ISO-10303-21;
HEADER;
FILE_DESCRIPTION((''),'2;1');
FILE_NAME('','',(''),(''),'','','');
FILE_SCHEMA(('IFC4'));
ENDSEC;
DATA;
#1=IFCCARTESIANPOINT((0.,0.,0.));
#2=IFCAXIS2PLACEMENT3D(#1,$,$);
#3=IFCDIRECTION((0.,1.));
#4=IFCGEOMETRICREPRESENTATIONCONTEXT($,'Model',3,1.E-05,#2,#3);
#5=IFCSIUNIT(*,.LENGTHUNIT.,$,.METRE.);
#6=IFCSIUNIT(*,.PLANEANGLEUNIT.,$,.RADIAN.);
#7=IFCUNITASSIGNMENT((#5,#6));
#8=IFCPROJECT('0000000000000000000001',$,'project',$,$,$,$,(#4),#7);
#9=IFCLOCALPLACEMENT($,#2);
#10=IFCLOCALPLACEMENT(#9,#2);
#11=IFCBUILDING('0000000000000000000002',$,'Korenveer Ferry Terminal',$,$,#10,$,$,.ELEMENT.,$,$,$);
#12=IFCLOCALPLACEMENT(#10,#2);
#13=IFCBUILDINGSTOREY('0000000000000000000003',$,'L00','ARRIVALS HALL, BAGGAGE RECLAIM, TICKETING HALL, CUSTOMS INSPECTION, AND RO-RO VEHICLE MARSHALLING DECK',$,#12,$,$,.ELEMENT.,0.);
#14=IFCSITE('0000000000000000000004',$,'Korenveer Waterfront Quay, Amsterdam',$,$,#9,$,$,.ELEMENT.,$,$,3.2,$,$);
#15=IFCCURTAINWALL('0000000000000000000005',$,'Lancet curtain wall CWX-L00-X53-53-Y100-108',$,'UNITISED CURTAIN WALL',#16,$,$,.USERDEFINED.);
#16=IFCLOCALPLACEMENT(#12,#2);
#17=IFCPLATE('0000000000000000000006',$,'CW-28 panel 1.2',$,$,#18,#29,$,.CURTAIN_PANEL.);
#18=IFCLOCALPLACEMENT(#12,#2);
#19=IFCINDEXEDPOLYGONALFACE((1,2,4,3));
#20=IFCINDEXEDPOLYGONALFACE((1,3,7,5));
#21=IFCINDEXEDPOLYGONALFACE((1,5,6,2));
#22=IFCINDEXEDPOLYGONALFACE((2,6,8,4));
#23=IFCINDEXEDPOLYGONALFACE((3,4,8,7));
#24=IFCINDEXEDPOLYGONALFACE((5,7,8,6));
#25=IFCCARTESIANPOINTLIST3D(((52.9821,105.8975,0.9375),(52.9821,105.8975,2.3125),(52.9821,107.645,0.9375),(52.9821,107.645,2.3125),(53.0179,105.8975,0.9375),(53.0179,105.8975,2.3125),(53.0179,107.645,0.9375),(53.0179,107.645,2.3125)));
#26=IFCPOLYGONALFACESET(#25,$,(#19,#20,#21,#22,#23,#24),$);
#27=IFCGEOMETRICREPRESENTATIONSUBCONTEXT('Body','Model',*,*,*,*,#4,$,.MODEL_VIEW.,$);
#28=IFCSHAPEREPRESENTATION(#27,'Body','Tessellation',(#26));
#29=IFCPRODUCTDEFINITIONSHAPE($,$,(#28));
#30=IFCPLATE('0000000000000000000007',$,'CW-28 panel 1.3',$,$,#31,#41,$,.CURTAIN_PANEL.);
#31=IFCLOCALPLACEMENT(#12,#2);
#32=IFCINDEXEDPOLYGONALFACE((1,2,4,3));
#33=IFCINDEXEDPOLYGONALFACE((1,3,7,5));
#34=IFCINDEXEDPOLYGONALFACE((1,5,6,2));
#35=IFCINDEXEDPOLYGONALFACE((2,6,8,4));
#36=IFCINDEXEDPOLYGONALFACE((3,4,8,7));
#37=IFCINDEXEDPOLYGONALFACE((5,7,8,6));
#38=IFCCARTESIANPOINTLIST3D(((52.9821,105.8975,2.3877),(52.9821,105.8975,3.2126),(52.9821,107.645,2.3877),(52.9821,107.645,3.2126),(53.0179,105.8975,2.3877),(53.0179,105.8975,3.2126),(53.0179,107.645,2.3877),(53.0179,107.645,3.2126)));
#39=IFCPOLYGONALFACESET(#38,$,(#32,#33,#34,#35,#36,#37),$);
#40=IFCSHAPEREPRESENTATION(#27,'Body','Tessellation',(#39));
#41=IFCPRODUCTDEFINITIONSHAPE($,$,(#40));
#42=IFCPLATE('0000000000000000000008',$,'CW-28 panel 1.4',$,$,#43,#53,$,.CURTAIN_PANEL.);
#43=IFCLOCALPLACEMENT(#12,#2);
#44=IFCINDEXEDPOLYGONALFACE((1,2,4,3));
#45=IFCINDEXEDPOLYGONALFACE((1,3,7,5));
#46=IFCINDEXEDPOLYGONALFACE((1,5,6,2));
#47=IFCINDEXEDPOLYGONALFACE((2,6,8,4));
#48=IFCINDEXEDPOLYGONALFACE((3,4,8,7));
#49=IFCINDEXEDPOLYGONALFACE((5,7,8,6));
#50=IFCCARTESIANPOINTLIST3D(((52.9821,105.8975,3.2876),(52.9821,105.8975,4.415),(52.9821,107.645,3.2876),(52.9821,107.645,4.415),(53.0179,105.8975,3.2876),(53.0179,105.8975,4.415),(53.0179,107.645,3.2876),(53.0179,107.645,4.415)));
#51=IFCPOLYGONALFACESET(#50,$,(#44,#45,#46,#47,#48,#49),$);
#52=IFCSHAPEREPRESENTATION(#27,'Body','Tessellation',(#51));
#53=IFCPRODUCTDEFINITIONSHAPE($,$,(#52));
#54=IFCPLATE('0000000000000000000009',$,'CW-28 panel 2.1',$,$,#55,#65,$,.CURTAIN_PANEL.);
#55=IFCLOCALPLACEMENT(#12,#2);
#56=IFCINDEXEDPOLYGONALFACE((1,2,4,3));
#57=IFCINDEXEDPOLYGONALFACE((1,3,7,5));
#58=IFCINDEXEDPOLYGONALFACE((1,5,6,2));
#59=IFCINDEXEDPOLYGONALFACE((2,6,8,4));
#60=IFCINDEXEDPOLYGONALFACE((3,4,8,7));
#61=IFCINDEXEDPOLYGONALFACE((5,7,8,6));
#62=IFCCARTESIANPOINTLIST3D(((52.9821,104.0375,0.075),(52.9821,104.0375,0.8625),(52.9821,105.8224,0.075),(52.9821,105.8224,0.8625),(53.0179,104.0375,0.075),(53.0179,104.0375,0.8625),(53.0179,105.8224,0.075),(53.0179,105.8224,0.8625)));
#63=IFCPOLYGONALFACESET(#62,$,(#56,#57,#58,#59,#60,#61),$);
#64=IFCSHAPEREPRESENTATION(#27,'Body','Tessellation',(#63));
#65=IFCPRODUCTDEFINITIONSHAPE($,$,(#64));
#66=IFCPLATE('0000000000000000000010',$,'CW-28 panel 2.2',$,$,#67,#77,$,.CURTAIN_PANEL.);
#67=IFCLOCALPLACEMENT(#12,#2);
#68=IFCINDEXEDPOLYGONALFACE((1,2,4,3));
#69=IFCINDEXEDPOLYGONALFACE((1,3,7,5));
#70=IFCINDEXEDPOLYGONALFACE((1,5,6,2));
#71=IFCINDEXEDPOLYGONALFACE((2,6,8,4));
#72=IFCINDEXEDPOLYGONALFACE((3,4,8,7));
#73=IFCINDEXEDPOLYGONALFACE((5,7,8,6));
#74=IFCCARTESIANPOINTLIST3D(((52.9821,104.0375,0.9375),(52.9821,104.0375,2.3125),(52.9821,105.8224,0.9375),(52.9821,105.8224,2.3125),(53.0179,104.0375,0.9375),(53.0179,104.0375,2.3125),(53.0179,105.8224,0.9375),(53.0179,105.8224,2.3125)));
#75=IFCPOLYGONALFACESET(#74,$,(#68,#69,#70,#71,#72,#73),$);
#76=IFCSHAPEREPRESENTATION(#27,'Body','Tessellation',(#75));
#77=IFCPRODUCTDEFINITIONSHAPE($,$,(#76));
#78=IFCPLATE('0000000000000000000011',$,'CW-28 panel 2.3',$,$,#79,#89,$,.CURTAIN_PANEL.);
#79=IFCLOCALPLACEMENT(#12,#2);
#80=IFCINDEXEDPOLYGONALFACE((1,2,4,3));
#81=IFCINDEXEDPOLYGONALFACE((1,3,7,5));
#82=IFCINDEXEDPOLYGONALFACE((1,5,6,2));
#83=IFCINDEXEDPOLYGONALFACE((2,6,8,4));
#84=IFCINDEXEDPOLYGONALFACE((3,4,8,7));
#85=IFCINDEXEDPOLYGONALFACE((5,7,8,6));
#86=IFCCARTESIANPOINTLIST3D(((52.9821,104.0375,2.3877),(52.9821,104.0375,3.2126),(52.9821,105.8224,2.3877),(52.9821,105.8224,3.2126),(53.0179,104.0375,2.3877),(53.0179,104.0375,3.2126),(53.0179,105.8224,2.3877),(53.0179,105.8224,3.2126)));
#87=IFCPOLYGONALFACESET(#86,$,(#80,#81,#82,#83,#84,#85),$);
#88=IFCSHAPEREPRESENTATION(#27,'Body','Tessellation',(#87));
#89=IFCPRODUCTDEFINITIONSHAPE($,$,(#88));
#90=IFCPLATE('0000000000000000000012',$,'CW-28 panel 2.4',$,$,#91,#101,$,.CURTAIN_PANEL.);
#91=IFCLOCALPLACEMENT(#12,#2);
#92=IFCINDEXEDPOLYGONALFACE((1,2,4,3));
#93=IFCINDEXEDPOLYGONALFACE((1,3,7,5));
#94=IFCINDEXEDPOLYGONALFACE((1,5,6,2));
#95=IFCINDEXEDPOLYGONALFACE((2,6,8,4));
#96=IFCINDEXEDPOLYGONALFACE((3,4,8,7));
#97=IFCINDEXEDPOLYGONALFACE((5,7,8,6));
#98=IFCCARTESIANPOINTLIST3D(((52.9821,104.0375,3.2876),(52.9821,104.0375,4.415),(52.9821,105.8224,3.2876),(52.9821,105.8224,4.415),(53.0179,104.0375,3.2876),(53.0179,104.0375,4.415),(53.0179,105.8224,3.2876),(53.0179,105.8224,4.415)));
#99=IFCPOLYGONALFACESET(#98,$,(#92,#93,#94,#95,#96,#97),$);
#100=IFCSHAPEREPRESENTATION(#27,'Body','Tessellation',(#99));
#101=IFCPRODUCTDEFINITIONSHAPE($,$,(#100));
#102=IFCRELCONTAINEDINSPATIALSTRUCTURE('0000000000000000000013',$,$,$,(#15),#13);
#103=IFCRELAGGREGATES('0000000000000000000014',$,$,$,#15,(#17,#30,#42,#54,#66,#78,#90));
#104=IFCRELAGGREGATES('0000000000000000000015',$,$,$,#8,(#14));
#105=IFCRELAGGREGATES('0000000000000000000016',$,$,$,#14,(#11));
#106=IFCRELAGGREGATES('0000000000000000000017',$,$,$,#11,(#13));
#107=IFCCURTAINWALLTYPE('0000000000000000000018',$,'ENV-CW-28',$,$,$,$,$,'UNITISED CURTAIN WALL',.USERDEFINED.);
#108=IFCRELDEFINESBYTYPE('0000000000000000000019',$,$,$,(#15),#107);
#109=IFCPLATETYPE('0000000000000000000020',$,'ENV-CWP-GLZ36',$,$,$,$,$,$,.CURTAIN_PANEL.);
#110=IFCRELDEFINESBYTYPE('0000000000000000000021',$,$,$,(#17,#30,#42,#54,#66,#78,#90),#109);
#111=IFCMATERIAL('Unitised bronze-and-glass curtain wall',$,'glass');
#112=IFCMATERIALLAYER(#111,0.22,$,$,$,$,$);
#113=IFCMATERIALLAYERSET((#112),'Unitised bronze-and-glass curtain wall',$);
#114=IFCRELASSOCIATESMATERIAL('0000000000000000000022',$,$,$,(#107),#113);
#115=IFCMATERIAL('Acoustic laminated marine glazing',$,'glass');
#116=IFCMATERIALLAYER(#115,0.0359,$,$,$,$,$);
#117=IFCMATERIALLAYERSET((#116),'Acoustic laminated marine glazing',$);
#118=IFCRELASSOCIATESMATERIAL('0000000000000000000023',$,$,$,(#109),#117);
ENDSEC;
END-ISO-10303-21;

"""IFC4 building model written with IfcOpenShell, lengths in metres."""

from ifc_helpers import new_model, si_unit, direction, frame, origin, origin_2d, place, context, subcontext, project, spatial, rectangle, extrude, material, layer, layer_set, type_object, element, aggregate, save


model = new_model("IFC4")

# Units and contexts
model_context = context("Model", 3, precision=1e-05, world=origin(), true_north=direction((0.0, 1.0)))
body_context = subcontext(model_context, "Body", "Model", "MODEL_VIEW")
ifc_project = project(units=[si_unit("LENGTHUNIT", "METRE"), si_unit("PLANEANGLEUNIT", "RADIAN")], contexts=[model_context])

# Site, building, storey
site_placement = place(None, origin())
site = spatial("IfcSite", under=ifc_project, at=site_placement, Name="Korenveer Waterfront Quay, Amsterdam", CompositionType="ELEMENT", RefElevation=3.2)
building_placement = place(site_placement, origin())
building = spatial("IfcBuilding", under=site, at=building_placement, Name="Korenveer Ferry Terminal", CompositionType="ELEMENT")
storey_placement = place(building_placement, origin())
storey = spatial("IfcBuildingStorey", under=building, at=storey_placement, Name="L00", Description="ARRIVALS HALL, BAGGAGE RECLAIM, TICKETING HALL, CUSTOMS INSPECTION, AND RO-RO VEHICLE MARSHALLING DECK", CompositionType="ELEMENT", Elevation=0.0)

# Curtain wall, plates
ifc_material_1 = material(Name="Unitised bronze-and-glass curtain wall", Category="glass")
ifc_layer_1 = layer(ifc_material_1, 0.22)
ifc_layer_set_1 = layer_set([ifc_layer_1], Name="Unitised bronze-and-glass curtain wall")
curtain_wall_type = type_object("IfcCurtainWallType", Name="ENV-CW-28", ElementType="UNITISED CURTAIN WALL", PredefinedType="USERDEFINED", material=ifc_layer_set_1)
curtain_wall_placement = place(storey_placement, frame((53.0, 107.72, 0.0)))
curtain_wall = element("IfcCurtainWall", 1, at=curtain_wall_placement, inside=storey, type_object=curtain_wall_type, Name="Lancet curtain wall CWX-L00-X53-53-Y100-108", ObjectType="UNITISED CURTAIN WALL", PredefinedType="USERDEFINED")
ifc_material_2 = material(Name="Acoustic laminated marine glazing", Category="glass")
ifc_layer_2 = layer(ifc_material_2, 0.0359)
ifc_layer_set_2 = layer_set([ifc_layer_2], Name="Acoustic laminated marine glazing")
plate_type = type_object("IfcPlateType", Name="ENV-CWP-GLZ36", PredefinedType="CURTAIN_PANEL", material=ifc_layer_set_2)
plate_1_placement = place(storey_placement, frame((53.0, 106.7712, 0.9375), z_axis=(0.0, 0.0, 1.0), x_axis=(0.0, -1.0, 0.0)))
plate_1 = element("IfcPlate", 2, at=plate_1_placement, type_object=plate_type, Name="CW-28 panel 1.2", PredefinedType="CURTAIN_PANEL", context=body_context, shape_type="SweptSolid", body=[
    extrude(rectangle(XDim=1.7476, YDim=0.0359, at=origin_2d()), origin(), (0.0, 0.0, 1.0), 1.375),
])
plate_2_placement = place(storey_placement, frame((53.0, 106.7712, 2.3877), z_axis=(0.0, 0.0, 1.0), x_axis=(0.0, -1.0, 0.0)))
plate_2 = element("IfcPlate", 3, at=plate_2_placement, type_object=plate_type, Name="CW-28 panel 1.3", PredefinedType="CURTAIN_PANEL", context=body_context, shape_type="SweptSolid", body=[
    extrude(rectangle(XDim=1.7476, YDim=0.0359, at=origin_2d()), origin(), (0.0, 0.0, 1.0), 0.825),
])
plate_3_placement = place(storey_placement, frame((53.0, 106.7712, 3.2876), z_axis=(0.0, 0.0, 1.0), x_axis=(0.0, -1.0, 0.0)))
plate_3 = element("IfcPlate", 4, at=plate_3_placement, type_object=plate_type, Name="CW-28 panel 1.4", PredefinedType="CURTAIN_PANEL", context=body_context, shape_type="SweptSolid", body=[
    extrude(rectangle(XDim=1.7476, YDim=0.0359, at=origin_2d()), origin(), (0.0, 0.0, 1.0), 1.1274),
])
plate_4_placement = place(storey_placement, frame((53.0, 104.9299, 0.075), z_axis=(0.0, 0.0, 1.0), x_axis=(0.0, -1.0, 0.0)))
plate_4 = element("IfcPlate", 5, at=plate_4_placement, type_object=plate_type, Name="CW-28 panel 2.1", PredefinedType="CURTAIN_PANEL", context=body_context, shape_type="SweptSolid", body=[
    extrude(rectangle(XDim=1.7849, YDim=0.0359, at=origin_2d()), origin(), (0.0, 0.0, 1.0), 0.7876),
])
plate_5_placement = place(storey_placement, frame((53.0, 104.9299, 0.9375), z_axis=(0.0, 0.0, 1.0), x_axis=(0.0, -1.0, 0.0)))
plate_5 = element("IfcPlate", 6, at=plate_5_placement, type_object=plate_type, Name="CW-28 panel 2.2", PredefinedType="CURTAIN_PANEL", context=body_context, shape_type="SweptSolid", body=[
    extrude(rectangle(XDim=1.7849, YDim=0.0359, at=origin_2d()), origin(), (0.0, 0.0, 1.0), 1.375),
])
plate_6_placement = place(storey_placement, frame((53.0, 104.9299, 2.3877), z_axis=(0.0, 0.0, 1.0), x_axis=(0.0, -1.0, 0.0)))
plate_6 = element("IfcPlate", 7, at=plate_6_placement, type_object=plate_type, Name="CW-28 panel 2.3", PredefinedType="CURTAIN_PANEL", context=body_context, shape_type="SweptSolid", body=[
    extrude(rectangle(XDim=1.7849, YDim=0.0359, at=origin_2d()), origin(), (0.0, 0.0, 1.0), 0.825),
])
plate_7_placement = place(storey_placement, frame((53.0, 104.9299, 3.2876), z_axis=(0.0, 0.0, 1.0), x_axis=(0.0, -1.0, 0.0)))
plate_7 = element("IfcPlate", 8, at=plate_7_placement, type_object=plate_type, Name="CW-28 panel 2.4", PredefinedType="CURTAIN_PANEL", context=body_context, shape_type="SweptSolid", body=[
    extrude(rectangle(XDim=1.7849, YDim=0.0359, at=origin_2d()), origin(), (0.0, 0.0, 1.0), 1.1274),
])
aggregate(curtain_wall, [plate_1, plate_2, plate_3, plate_4, plate_5, plate_6, plate_7])

save(model, "model.ifc")
